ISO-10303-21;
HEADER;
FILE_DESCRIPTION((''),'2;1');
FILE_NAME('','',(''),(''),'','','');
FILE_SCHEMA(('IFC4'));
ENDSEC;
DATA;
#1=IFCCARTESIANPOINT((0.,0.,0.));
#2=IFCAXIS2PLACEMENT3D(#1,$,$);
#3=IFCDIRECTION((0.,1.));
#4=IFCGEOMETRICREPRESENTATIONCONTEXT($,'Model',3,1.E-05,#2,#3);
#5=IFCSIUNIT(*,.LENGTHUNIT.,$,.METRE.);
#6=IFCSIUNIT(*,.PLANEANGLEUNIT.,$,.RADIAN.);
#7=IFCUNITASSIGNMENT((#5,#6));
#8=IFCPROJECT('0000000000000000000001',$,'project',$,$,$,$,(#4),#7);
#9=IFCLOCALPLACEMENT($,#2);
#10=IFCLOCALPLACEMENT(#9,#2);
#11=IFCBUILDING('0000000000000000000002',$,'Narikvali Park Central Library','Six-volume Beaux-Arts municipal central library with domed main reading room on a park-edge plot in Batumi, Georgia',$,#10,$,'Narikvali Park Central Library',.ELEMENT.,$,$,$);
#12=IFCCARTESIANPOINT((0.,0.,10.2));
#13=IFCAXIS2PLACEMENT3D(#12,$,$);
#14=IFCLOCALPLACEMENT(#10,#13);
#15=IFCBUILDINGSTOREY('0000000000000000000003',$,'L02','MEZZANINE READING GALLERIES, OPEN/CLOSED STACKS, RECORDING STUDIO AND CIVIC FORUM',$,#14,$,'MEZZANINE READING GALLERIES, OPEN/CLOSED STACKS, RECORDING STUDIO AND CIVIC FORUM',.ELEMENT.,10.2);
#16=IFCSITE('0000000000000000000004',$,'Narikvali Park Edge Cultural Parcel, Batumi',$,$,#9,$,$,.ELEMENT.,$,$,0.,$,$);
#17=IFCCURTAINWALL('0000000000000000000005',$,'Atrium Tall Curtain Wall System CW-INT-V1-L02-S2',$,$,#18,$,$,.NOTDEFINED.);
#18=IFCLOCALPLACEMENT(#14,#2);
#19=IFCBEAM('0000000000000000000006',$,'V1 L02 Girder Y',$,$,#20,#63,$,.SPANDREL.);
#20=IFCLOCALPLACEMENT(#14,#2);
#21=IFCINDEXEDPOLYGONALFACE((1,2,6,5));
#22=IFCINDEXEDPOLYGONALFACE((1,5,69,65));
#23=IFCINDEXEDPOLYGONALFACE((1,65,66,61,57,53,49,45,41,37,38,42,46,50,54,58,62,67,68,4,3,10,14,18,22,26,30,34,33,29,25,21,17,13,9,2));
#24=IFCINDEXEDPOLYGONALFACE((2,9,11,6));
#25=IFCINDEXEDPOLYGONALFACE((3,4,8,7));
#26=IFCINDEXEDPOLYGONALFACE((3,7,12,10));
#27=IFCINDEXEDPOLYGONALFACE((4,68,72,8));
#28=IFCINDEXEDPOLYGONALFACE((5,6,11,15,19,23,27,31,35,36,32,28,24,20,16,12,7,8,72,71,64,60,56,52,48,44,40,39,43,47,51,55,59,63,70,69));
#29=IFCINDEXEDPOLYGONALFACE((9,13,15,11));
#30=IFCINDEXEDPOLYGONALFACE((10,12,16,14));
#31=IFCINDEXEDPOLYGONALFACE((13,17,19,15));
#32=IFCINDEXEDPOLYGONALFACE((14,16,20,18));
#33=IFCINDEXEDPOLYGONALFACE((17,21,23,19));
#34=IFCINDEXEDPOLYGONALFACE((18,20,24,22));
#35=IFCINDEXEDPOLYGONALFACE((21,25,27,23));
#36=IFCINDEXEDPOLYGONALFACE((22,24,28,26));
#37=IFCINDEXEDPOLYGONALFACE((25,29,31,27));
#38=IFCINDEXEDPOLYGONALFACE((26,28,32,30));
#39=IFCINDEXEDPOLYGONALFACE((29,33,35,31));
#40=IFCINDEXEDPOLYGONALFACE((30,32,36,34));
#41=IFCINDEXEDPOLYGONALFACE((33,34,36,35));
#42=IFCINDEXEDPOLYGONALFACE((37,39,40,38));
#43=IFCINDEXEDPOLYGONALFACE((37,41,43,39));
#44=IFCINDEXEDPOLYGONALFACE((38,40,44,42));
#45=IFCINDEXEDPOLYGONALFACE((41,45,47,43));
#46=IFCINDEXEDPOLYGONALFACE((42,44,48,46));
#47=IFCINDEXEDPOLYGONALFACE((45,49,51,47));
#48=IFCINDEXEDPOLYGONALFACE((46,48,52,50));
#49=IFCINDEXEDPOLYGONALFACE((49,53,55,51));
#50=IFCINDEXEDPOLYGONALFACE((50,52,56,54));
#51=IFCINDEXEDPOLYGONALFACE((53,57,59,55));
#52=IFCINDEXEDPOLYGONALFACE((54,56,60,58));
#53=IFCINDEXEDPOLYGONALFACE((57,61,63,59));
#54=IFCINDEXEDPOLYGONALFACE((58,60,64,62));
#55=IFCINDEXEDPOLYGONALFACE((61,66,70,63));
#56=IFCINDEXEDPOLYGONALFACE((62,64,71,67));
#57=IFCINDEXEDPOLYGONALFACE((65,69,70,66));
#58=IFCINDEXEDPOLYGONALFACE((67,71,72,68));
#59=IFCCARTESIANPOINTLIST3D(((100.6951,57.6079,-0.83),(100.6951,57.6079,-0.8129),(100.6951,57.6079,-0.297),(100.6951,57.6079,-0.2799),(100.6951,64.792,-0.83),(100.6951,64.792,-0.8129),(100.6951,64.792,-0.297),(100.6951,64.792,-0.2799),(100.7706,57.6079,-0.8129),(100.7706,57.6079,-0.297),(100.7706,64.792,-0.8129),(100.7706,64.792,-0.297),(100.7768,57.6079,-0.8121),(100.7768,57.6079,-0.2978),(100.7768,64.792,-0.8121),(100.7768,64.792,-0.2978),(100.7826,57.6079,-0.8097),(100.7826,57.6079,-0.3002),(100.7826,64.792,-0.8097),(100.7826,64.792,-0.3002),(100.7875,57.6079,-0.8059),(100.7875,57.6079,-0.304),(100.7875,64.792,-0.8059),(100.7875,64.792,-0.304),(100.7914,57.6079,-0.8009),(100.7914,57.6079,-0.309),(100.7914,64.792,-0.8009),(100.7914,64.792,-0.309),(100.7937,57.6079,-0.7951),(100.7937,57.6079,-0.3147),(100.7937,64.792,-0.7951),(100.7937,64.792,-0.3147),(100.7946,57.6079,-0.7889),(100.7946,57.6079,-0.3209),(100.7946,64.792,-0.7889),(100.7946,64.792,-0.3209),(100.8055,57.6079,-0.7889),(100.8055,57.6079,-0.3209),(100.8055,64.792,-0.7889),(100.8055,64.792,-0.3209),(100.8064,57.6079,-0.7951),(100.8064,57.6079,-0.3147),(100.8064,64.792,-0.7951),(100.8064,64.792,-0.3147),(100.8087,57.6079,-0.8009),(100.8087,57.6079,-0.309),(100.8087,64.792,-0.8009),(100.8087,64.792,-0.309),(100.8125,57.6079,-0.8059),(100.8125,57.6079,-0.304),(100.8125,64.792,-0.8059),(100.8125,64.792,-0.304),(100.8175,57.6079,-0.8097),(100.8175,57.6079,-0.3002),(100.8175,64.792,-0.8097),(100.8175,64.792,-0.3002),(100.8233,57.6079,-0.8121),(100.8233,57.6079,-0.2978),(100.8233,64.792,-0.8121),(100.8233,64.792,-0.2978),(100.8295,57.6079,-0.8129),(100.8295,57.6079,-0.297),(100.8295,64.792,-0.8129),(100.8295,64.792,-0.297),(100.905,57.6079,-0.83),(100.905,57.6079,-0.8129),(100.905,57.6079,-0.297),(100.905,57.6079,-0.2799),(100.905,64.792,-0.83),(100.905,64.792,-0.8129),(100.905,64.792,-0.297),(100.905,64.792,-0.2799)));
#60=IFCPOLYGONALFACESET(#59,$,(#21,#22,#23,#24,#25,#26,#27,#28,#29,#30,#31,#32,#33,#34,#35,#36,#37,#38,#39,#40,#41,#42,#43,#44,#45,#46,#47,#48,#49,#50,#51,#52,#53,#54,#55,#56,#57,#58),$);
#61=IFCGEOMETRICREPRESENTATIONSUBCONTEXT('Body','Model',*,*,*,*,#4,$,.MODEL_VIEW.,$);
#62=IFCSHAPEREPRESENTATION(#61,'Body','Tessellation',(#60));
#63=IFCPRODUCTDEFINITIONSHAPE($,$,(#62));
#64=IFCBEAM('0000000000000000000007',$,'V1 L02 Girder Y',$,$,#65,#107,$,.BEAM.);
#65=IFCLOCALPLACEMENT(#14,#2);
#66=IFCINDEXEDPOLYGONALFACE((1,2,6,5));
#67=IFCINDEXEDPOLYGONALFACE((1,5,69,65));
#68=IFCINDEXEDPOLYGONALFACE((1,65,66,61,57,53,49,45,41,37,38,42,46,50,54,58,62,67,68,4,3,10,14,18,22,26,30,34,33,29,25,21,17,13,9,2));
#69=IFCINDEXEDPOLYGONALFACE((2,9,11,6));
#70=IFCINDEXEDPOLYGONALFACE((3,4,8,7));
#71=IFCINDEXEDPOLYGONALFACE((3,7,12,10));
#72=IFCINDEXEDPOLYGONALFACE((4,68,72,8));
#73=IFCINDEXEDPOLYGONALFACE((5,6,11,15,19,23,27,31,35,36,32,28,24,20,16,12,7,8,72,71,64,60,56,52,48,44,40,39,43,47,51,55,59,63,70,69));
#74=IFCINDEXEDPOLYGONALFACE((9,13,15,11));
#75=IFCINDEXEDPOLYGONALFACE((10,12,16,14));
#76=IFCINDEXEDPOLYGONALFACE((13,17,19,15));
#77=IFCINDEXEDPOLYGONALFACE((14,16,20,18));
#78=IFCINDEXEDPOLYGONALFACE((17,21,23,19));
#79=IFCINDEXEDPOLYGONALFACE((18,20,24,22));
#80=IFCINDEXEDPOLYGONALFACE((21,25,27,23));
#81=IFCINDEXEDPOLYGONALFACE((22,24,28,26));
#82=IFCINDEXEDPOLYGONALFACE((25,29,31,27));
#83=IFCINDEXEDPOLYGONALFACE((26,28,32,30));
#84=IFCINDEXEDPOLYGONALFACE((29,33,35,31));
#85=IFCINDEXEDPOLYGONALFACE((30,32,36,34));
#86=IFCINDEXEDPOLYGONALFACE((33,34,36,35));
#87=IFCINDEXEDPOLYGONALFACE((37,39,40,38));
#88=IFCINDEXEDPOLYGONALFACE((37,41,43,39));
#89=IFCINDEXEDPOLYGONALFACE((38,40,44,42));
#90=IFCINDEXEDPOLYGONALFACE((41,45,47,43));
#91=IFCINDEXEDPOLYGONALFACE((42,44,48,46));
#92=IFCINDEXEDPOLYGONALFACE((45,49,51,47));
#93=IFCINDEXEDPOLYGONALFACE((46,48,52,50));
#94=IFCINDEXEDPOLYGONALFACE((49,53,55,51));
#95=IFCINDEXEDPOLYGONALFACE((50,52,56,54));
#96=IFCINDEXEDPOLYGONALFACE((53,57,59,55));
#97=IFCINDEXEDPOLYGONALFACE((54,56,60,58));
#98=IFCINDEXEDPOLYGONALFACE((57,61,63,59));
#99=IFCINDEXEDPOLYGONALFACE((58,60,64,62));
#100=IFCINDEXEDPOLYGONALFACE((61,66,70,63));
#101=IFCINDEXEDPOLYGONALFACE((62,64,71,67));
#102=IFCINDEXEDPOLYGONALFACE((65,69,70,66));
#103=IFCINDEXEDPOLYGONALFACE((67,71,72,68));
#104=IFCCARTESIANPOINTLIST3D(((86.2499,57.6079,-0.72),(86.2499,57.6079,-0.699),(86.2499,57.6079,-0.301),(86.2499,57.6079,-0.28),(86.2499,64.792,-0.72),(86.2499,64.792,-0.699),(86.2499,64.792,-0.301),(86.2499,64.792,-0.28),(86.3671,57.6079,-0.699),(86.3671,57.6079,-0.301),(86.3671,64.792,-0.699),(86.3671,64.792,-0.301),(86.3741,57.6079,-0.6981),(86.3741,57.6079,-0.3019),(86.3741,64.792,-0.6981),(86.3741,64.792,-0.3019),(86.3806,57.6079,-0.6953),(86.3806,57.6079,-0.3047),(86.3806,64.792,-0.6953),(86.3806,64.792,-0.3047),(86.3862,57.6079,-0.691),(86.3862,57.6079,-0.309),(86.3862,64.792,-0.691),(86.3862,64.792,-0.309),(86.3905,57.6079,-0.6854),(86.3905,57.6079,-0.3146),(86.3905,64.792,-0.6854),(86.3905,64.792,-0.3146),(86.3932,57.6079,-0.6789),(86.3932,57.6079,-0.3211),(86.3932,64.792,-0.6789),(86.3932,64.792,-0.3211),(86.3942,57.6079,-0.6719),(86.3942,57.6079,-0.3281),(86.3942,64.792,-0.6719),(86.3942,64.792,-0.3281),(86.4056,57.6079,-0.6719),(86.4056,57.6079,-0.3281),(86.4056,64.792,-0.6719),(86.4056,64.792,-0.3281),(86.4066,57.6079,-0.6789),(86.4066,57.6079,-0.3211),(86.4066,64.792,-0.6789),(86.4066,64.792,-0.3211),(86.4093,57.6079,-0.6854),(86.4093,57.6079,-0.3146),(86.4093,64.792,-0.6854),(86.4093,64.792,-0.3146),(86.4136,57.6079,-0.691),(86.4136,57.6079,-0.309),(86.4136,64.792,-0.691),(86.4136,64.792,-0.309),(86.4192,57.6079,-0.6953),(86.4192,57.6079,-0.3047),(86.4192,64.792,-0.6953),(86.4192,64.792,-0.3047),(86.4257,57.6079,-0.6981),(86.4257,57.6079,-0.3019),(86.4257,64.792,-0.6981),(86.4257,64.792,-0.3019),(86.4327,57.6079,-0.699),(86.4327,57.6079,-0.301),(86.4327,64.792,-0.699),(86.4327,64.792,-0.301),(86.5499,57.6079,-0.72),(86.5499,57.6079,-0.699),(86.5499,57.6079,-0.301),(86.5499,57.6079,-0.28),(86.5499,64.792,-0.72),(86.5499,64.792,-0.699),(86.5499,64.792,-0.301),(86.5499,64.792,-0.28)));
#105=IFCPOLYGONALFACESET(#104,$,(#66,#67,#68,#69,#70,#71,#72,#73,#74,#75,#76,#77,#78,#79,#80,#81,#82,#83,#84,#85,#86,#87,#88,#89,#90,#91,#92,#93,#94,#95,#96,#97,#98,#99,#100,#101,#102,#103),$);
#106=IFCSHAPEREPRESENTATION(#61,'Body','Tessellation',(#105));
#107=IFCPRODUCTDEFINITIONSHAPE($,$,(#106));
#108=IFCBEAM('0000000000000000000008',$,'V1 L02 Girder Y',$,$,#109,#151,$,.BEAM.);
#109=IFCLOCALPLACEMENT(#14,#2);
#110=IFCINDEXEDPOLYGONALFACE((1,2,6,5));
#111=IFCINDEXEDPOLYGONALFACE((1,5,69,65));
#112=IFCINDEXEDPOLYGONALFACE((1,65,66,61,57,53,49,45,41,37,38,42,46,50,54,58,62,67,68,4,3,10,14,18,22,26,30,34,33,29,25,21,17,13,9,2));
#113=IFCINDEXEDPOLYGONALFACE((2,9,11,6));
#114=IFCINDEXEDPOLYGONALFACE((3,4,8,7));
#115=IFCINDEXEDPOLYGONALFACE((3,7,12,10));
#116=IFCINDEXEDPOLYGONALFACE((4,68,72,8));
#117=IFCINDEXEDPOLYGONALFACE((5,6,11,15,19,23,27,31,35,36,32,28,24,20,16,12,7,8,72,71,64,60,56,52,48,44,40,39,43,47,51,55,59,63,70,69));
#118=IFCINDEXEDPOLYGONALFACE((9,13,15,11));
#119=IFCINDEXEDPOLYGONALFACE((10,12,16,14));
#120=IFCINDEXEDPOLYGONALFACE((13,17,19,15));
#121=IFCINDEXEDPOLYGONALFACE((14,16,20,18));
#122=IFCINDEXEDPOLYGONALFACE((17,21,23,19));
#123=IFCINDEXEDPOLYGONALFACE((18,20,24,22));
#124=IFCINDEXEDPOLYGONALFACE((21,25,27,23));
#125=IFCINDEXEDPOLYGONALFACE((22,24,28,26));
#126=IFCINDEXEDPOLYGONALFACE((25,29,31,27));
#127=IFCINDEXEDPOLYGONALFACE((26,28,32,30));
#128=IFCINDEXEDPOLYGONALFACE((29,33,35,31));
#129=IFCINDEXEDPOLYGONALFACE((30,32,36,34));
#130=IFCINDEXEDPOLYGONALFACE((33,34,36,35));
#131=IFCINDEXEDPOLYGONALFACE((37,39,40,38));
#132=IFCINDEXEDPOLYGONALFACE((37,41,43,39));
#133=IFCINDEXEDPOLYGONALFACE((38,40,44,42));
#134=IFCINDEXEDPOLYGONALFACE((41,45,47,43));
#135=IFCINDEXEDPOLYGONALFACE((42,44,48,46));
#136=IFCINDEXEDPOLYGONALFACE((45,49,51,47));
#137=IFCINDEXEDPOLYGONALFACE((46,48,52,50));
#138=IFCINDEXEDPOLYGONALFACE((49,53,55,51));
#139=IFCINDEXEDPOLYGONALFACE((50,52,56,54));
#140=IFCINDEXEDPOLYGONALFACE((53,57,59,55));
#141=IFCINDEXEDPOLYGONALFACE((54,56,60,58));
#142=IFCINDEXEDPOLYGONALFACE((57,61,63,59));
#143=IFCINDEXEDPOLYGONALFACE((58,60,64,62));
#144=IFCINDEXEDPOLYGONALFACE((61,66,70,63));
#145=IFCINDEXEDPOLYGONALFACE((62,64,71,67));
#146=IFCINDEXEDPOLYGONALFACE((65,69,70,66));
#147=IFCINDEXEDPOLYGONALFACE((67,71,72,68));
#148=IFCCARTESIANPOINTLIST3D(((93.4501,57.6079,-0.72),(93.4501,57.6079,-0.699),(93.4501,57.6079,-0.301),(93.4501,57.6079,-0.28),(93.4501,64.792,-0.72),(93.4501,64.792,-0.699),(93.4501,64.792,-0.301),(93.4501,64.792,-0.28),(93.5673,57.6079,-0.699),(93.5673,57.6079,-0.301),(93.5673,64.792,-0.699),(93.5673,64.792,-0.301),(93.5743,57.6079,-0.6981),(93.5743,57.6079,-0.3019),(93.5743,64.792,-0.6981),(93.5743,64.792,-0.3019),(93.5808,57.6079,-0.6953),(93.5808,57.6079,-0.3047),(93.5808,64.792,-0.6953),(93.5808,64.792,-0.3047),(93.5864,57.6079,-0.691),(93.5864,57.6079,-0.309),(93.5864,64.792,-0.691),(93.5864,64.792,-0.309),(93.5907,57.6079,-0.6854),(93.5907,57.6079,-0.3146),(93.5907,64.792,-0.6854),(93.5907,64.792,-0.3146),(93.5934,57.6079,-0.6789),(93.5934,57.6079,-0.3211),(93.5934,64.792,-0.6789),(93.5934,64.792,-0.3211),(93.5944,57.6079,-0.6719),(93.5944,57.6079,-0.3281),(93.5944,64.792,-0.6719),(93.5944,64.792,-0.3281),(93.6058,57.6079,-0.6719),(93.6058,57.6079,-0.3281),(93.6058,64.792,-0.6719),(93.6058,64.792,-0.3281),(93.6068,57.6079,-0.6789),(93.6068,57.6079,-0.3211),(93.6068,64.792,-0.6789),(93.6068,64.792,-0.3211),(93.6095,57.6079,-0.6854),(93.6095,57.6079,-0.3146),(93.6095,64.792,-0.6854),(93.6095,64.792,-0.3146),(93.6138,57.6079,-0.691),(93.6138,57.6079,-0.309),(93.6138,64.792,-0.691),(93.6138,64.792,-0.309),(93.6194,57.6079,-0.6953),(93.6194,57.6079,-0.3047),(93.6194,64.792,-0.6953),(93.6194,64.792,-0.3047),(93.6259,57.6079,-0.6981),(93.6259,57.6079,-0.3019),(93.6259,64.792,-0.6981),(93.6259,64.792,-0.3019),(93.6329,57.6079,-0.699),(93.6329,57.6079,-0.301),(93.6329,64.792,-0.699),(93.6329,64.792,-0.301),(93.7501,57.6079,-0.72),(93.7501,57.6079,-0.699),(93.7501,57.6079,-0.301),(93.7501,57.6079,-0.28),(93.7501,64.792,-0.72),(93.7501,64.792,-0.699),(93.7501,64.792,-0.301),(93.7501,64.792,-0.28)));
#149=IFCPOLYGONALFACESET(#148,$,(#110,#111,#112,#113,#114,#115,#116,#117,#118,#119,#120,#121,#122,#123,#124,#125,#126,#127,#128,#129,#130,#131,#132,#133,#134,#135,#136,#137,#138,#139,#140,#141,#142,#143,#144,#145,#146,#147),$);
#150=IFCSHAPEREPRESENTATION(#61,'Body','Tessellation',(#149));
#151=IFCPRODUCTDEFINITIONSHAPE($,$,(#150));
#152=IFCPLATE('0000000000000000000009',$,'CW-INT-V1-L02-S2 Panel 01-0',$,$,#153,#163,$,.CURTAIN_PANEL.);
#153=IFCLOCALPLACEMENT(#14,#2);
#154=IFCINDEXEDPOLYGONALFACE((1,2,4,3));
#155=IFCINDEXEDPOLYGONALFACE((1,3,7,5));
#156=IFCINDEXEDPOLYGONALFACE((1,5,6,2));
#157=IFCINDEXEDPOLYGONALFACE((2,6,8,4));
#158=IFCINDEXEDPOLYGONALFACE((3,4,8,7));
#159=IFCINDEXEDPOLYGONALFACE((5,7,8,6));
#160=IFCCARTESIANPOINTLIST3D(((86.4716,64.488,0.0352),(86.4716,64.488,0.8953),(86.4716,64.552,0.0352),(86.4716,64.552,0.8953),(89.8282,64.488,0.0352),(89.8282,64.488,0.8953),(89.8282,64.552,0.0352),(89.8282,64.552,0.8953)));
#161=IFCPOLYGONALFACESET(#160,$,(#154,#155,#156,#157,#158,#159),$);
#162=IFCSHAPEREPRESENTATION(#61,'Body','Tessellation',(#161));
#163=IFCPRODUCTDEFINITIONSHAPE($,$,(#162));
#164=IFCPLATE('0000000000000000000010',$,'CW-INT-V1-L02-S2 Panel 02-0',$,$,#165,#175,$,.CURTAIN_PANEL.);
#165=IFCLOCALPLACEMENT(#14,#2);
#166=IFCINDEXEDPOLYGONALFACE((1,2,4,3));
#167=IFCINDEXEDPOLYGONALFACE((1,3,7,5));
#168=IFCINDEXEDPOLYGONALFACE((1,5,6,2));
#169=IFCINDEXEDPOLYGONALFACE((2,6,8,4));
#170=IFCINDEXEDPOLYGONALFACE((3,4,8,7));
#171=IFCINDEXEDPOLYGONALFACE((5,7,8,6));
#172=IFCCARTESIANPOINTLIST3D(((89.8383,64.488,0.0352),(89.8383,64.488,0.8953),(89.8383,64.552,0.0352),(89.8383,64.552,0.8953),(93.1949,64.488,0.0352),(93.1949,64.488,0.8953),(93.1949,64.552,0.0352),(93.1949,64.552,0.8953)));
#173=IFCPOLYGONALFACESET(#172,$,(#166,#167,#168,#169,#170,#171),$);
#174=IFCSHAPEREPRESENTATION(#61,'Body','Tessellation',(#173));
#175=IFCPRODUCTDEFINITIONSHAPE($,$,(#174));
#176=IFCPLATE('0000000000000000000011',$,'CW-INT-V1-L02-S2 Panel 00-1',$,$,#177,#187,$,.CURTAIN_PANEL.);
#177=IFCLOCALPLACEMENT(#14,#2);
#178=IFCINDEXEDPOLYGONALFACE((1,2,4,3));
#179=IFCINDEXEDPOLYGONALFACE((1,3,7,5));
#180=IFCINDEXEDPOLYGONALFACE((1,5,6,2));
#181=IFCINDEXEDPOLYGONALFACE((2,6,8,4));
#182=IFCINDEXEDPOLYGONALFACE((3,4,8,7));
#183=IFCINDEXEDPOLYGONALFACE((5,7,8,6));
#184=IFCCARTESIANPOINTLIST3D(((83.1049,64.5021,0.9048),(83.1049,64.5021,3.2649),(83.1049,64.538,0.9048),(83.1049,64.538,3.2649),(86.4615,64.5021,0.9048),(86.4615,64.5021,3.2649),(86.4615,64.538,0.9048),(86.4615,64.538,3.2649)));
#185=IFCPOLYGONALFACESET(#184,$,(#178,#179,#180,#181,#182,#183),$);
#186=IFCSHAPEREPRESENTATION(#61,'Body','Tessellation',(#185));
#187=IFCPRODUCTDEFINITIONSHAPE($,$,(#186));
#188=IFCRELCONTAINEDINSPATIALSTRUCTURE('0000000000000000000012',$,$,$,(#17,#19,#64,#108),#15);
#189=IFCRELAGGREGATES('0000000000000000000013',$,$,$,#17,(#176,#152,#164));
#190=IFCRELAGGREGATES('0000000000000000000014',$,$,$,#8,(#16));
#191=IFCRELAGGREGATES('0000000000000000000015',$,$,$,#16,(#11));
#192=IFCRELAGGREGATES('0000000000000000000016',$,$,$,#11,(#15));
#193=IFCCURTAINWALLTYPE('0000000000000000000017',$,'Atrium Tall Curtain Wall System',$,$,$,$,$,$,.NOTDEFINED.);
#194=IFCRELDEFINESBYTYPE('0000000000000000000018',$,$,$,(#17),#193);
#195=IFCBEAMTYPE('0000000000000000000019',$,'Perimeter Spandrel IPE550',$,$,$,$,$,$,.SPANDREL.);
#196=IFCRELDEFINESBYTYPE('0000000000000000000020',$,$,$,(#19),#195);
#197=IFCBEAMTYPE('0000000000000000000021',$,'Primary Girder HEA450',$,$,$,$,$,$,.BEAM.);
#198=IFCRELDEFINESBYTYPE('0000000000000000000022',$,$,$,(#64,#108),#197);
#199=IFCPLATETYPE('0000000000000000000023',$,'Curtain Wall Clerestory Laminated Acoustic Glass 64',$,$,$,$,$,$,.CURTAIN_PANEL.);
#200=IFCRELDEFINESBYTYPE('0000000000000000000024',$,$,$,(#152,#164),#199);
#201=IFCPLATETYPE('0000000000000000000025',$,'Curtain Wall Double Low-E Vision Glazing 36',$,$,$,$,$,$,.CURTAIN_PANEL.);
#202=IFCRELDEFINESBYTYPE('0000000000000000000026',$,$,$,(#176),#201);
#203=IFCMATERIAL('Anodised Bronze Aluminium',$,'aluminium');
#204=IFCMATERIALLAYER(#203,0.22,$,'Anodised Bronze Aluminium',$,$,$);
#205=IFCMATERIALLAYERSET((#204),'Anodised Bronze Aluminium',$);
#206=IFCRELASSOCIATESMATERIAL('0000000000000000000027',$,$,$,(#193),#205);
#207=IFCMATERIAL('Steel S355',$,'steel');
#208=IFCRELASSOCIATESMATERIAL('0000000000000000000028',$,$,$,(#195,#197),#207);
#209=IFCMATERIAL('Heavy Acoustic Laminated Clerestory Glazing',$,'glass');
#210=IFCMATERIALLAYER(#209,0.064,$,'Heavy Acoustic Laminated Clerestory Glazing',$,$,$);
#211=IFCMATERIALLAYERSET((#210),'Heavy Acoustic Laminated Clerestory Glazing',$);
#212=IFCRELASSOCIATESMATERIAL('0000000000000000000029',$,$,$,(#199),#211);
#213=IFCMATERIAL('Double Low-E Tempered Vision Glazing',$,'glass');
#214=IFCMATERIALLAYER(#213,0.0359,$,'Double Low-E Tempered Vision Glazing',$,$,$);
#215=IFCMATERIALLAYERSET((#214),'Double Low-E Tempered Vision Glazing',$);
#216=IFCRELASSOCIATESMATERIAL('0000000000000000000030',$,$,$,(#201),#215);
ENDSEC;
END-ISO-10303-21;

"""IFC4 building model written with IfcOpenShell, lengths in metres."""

from ifc_helpers import new_model, si_unit, direction, frame, origin, origin_2d, place, context, subcontext, project, spatial, rectangle, i_section, extrude, material, layer, layer_set, material_profile, profile_set, type_object, element, aggregate, save


model = new_model("IFC4")

# Units and contexts
model_context = context("Model", 3, precision=1e-05, world=origin(), true_north=direction((0.0, 1.0)))
body_context = subcontext(model_context, "Body", "Model", "MODEL_VIEW")
ifc_project = project(units=[si_unit("LENGTHUNIT", "METRE"), si_unit("PLANEANGLEUNIT", "RADIAN")], contexts=[model_context])

# Site, building, storey
site_placement = place(None, origin())
site = spatial("IfcSite", under=ifc_project, at=site_placement, Name="Narikvali Park Edge Cultural Parcel, Batumi", CompositionType="ELEMENT", RefElevation=0.0)
building_placement = place(site_placement, origin())
building = spatial("IfcBuilding", under=site, at=building_placement, Name="Narikvali Park Central Library", Description="Six-volume Beaux-Arts municipal central library with domed main reading room on a park-edge plot in Batumi, Georgia", LongName="Narikvali Park Central Library", CompositionType="ELEMENT")
storey_placement = place(building_placement, frame((0.0, 0.0, 10.2)))
storey = spatial("IfcBuildingStorey", under=building, at=storey_placement, Name="L02", Description="MEZZANINE READING GALLERIES, OPEN/CLOSED STACKS, RECORDING STUDIO AND CIVIC FORUM", LongName="MEZZANINE READING GALLERIES, OPEN/CLOSED STACKS, RECORDING STUDIO AND CIVIC FORUM", CompositionType="ELEMENT", Elevation=10.2)

# Shared definitions
ifc_material_1 = material(Name="Steel S355", Category="steel")

# Curtain wall
ifc_material_2 = material(Name="Anodised Bronze Aluminium", Category="aluminium")
ifc_layer_1 = layer(ifc_material_2, 0.22, Name="Anodised Bronze Aluminium")
ifc_layer_set_1 = layer_set([ifc_layer_1], Name="Anodised Bronze Aluminium")
curtain_wall_type = type_object("IfcCurtainWallType", Name="Atrium Tall Curtain Wall System", PredefinedType="NOTDEFINED", material=ifc_layer_set_1)
curtain_wall_placement = place(storey_placement, origin())
curtain_wall = element("IfcCurtainWall", 1, at=curtain_wall_placement, inside=storey, type_object=curtain_wall_type, Name="Atrium Tall Curtain Wall System CW-INT-V1-L02-S2", PredefinedType="NOTDEFINED")

# Beams
ifc_material_profile_1 = material_profile(ifc_material_1, i_section(OverallWidth=0.21, OverallDepth=0.55, WebThickness=0.011, FlangeThickness=0.0171, FilletRadius=0.0239, at=origin_2d()), Name="IPE 550")
ifc_profile_set_1 = profile_set([ifc_material_profile_1], Name="Steel S355")
beam_type_1 = type_object("IfcBeamType", Name="Perimeter Spandrel IPE550", PredefinedType="SPANDREL", material=ifc_profile_set_1)
for number, where, z_axis, x_axis, name in (
    (2, (100.8, 57.6079, -0.5549), (0.0, 1.0, 0.0), (-1.0, 0.0, 0.0), "V1 L02 Girder Y"),
):
    element("IfcBeam", number, at=place(storey_placement, frame(where, z_axis=z_axis, x_axis=x_axis)), inside=storey, type_object=beam_type_1, Name=name, PredefinedType="SPANDREL", context=body_context, shape_type="SweptSolid", body=[
        extrude(i_section(OverallWidth=0.21, OverallDepth=0.55, WebThickness=0.011, FlangeThickness=0.0171, FilletRadius=0.0239, at=origin_2d()), origin(), (0.0, 0.0, 1.0), 7.1841),
    ])
ifc_material_profile_2 = material_profile(ifc_material_1, i_section(OverallWidth=0.3, OverallDepth=0.4399, WebThickness=0.0115, FlangeThickness=0.021, FilletRadius=0.0271, at=origin_2d()), Name="HEA 450")
ifc_profile_set_2 = profile_set([ifc_material_profile_2], Name="Steel S355")
beam_type_2 = type_object("IfcBeamType", Name="Primary Girder HEA450", PredefinedType="BEAM", material=ifc_profile_set_2)
for number, where, z_axis, x_axis, name in (
    (3, (86.3999, 57.6079, -0.5), (0.0, 1.0, 0.0), (-1.0, 0.0, 0.0), "V1 L02 Girder Y"),
    (4, (93.6001, 57.6079, -0.5), (0.0, 1.0, 0.0), (-1.0, 0.0, 0.0), "V1 L02 Girder Y"),
):
    element("IfcBeam", number, at=place(storey_placement, frame(where, z_axis=z_axis, x_axis=x_axis)), inside=storey, type_object=beam_type_2, Name=name, PredefinedType="BEAM", context=body_context, shape_type="SweptSolid", body=[
        extrude(i_section(OverallWidth=0.3, OverallDepth=0.4399, WebThickness=0.0115, FlangeThickness=0.021, FilletRadius=0.0271, at=origin_2d()), origin(), (0.0, 0.0, 1.0), 7.1841),
    ])

# Plates
ifc_material_3 = material(Name="Heavy Acoustic Laminated Clerestory Glazing", Category="glass")
ifc_layer_2 = layer(ifc_material_3, 0.064, Name="Heavy Acoustic Laminated Clerestory Glazing")
ifc_layer_set_2 = layer_set([ifc_layer_2], Name="Heavy Acoustic Laminated Clerestory Glazing")
plate_type_1 = type_object("IfcPlateType", Name="Curtain Wall Clerestory Laminated Acoustic Glass 64", PredefinedType="CURTAIN_PANEL", material=ifc_layer_set_2)
plate_1_placement = place(storey_placement, frame((88.1499, 64.52, 0.0352), z_axis=(0.0, 0.0, 1.0), x_axis=(1.0, 0.0, 0.0)))
plate_1 = element("IfcPlate", 5, at=plate_1_placement, type_object=plate_type_1, Name="CW-INT-V1-L02-S2 Panel 01-0", PredefinedType="CURTAIN_PANEL", context=body_context, shape_type="SweptSolid", body=[
    extrude(rectangle(XDim=3.3567, YDim=0.064, at=origin_2d()), origin(), (0.0, 0.0, 1.0), 0.8601),
])
plate_2_placement = place(storey_placement, frame((91.5166, 64.52, 0.0352), z_axis=(0.0, 0.0, 1.0), x_axis=(1.0, 0.0, 0.0)))
plate_2 = element("IfcPlate", 6, at=plate_2_placement, type_object=plate_type_1, Name="CW-INT-V1-L02-S2 Panel 02-0", PredefinedType="CURTAIN_PANEL", context=body_context, shape_type="SweptSolid", body=[
    extrude(rectangle(XDim=3.3567, YDim=0.064, at=origin_2d()), origin(), (0.0, 0.0, 1.0), 0.8601),
])
ifc_material_4 = material(Name="Double Low-E Tempered Vision Glazing", Category="glass")
ifc_layer_3 = layer(ifc_material_4, 0.0359, Name="Double Low-E Tempered Vision Glazing")
ifc_layer_set_3 = layer_set([ifc_layer_3], Name="Double Low-E Tempered Vision Glazing")
plate_type_2 = type_object("IfcPlateType", Name="Curtain Wall Double Low-E Vision Glazing 36", PredefinedType="CURTAIN_PANEL", material=ifc_layer_set_3)
plate_3_placement = place(storey_placement, frame((84.7832, 64.52, 0.9048), z_axis=(0.0, 0.0, 1.0), x_axis=(1.0, 0.0, 0.0)))
plate_3 = element("IfcPlate", 7, at=plate_3_placement, type_object=plate_type_2, Name="CW-INT-V1-L02-S2 Panel 00-1", PredefinedType="CURTAIN_PANEL", context=body_context, shape_type="SweptSolid", body=[
    extrude(rectangle(XDim=3.3567, YDim=0.0359, at=origin_2d()), origin(), (0.0, 0.0, 1.0), 2.3601),
])
aggregate(curtain_wall, [plate_3, plate_1, plate_2])

save(model, "model.ifc")
